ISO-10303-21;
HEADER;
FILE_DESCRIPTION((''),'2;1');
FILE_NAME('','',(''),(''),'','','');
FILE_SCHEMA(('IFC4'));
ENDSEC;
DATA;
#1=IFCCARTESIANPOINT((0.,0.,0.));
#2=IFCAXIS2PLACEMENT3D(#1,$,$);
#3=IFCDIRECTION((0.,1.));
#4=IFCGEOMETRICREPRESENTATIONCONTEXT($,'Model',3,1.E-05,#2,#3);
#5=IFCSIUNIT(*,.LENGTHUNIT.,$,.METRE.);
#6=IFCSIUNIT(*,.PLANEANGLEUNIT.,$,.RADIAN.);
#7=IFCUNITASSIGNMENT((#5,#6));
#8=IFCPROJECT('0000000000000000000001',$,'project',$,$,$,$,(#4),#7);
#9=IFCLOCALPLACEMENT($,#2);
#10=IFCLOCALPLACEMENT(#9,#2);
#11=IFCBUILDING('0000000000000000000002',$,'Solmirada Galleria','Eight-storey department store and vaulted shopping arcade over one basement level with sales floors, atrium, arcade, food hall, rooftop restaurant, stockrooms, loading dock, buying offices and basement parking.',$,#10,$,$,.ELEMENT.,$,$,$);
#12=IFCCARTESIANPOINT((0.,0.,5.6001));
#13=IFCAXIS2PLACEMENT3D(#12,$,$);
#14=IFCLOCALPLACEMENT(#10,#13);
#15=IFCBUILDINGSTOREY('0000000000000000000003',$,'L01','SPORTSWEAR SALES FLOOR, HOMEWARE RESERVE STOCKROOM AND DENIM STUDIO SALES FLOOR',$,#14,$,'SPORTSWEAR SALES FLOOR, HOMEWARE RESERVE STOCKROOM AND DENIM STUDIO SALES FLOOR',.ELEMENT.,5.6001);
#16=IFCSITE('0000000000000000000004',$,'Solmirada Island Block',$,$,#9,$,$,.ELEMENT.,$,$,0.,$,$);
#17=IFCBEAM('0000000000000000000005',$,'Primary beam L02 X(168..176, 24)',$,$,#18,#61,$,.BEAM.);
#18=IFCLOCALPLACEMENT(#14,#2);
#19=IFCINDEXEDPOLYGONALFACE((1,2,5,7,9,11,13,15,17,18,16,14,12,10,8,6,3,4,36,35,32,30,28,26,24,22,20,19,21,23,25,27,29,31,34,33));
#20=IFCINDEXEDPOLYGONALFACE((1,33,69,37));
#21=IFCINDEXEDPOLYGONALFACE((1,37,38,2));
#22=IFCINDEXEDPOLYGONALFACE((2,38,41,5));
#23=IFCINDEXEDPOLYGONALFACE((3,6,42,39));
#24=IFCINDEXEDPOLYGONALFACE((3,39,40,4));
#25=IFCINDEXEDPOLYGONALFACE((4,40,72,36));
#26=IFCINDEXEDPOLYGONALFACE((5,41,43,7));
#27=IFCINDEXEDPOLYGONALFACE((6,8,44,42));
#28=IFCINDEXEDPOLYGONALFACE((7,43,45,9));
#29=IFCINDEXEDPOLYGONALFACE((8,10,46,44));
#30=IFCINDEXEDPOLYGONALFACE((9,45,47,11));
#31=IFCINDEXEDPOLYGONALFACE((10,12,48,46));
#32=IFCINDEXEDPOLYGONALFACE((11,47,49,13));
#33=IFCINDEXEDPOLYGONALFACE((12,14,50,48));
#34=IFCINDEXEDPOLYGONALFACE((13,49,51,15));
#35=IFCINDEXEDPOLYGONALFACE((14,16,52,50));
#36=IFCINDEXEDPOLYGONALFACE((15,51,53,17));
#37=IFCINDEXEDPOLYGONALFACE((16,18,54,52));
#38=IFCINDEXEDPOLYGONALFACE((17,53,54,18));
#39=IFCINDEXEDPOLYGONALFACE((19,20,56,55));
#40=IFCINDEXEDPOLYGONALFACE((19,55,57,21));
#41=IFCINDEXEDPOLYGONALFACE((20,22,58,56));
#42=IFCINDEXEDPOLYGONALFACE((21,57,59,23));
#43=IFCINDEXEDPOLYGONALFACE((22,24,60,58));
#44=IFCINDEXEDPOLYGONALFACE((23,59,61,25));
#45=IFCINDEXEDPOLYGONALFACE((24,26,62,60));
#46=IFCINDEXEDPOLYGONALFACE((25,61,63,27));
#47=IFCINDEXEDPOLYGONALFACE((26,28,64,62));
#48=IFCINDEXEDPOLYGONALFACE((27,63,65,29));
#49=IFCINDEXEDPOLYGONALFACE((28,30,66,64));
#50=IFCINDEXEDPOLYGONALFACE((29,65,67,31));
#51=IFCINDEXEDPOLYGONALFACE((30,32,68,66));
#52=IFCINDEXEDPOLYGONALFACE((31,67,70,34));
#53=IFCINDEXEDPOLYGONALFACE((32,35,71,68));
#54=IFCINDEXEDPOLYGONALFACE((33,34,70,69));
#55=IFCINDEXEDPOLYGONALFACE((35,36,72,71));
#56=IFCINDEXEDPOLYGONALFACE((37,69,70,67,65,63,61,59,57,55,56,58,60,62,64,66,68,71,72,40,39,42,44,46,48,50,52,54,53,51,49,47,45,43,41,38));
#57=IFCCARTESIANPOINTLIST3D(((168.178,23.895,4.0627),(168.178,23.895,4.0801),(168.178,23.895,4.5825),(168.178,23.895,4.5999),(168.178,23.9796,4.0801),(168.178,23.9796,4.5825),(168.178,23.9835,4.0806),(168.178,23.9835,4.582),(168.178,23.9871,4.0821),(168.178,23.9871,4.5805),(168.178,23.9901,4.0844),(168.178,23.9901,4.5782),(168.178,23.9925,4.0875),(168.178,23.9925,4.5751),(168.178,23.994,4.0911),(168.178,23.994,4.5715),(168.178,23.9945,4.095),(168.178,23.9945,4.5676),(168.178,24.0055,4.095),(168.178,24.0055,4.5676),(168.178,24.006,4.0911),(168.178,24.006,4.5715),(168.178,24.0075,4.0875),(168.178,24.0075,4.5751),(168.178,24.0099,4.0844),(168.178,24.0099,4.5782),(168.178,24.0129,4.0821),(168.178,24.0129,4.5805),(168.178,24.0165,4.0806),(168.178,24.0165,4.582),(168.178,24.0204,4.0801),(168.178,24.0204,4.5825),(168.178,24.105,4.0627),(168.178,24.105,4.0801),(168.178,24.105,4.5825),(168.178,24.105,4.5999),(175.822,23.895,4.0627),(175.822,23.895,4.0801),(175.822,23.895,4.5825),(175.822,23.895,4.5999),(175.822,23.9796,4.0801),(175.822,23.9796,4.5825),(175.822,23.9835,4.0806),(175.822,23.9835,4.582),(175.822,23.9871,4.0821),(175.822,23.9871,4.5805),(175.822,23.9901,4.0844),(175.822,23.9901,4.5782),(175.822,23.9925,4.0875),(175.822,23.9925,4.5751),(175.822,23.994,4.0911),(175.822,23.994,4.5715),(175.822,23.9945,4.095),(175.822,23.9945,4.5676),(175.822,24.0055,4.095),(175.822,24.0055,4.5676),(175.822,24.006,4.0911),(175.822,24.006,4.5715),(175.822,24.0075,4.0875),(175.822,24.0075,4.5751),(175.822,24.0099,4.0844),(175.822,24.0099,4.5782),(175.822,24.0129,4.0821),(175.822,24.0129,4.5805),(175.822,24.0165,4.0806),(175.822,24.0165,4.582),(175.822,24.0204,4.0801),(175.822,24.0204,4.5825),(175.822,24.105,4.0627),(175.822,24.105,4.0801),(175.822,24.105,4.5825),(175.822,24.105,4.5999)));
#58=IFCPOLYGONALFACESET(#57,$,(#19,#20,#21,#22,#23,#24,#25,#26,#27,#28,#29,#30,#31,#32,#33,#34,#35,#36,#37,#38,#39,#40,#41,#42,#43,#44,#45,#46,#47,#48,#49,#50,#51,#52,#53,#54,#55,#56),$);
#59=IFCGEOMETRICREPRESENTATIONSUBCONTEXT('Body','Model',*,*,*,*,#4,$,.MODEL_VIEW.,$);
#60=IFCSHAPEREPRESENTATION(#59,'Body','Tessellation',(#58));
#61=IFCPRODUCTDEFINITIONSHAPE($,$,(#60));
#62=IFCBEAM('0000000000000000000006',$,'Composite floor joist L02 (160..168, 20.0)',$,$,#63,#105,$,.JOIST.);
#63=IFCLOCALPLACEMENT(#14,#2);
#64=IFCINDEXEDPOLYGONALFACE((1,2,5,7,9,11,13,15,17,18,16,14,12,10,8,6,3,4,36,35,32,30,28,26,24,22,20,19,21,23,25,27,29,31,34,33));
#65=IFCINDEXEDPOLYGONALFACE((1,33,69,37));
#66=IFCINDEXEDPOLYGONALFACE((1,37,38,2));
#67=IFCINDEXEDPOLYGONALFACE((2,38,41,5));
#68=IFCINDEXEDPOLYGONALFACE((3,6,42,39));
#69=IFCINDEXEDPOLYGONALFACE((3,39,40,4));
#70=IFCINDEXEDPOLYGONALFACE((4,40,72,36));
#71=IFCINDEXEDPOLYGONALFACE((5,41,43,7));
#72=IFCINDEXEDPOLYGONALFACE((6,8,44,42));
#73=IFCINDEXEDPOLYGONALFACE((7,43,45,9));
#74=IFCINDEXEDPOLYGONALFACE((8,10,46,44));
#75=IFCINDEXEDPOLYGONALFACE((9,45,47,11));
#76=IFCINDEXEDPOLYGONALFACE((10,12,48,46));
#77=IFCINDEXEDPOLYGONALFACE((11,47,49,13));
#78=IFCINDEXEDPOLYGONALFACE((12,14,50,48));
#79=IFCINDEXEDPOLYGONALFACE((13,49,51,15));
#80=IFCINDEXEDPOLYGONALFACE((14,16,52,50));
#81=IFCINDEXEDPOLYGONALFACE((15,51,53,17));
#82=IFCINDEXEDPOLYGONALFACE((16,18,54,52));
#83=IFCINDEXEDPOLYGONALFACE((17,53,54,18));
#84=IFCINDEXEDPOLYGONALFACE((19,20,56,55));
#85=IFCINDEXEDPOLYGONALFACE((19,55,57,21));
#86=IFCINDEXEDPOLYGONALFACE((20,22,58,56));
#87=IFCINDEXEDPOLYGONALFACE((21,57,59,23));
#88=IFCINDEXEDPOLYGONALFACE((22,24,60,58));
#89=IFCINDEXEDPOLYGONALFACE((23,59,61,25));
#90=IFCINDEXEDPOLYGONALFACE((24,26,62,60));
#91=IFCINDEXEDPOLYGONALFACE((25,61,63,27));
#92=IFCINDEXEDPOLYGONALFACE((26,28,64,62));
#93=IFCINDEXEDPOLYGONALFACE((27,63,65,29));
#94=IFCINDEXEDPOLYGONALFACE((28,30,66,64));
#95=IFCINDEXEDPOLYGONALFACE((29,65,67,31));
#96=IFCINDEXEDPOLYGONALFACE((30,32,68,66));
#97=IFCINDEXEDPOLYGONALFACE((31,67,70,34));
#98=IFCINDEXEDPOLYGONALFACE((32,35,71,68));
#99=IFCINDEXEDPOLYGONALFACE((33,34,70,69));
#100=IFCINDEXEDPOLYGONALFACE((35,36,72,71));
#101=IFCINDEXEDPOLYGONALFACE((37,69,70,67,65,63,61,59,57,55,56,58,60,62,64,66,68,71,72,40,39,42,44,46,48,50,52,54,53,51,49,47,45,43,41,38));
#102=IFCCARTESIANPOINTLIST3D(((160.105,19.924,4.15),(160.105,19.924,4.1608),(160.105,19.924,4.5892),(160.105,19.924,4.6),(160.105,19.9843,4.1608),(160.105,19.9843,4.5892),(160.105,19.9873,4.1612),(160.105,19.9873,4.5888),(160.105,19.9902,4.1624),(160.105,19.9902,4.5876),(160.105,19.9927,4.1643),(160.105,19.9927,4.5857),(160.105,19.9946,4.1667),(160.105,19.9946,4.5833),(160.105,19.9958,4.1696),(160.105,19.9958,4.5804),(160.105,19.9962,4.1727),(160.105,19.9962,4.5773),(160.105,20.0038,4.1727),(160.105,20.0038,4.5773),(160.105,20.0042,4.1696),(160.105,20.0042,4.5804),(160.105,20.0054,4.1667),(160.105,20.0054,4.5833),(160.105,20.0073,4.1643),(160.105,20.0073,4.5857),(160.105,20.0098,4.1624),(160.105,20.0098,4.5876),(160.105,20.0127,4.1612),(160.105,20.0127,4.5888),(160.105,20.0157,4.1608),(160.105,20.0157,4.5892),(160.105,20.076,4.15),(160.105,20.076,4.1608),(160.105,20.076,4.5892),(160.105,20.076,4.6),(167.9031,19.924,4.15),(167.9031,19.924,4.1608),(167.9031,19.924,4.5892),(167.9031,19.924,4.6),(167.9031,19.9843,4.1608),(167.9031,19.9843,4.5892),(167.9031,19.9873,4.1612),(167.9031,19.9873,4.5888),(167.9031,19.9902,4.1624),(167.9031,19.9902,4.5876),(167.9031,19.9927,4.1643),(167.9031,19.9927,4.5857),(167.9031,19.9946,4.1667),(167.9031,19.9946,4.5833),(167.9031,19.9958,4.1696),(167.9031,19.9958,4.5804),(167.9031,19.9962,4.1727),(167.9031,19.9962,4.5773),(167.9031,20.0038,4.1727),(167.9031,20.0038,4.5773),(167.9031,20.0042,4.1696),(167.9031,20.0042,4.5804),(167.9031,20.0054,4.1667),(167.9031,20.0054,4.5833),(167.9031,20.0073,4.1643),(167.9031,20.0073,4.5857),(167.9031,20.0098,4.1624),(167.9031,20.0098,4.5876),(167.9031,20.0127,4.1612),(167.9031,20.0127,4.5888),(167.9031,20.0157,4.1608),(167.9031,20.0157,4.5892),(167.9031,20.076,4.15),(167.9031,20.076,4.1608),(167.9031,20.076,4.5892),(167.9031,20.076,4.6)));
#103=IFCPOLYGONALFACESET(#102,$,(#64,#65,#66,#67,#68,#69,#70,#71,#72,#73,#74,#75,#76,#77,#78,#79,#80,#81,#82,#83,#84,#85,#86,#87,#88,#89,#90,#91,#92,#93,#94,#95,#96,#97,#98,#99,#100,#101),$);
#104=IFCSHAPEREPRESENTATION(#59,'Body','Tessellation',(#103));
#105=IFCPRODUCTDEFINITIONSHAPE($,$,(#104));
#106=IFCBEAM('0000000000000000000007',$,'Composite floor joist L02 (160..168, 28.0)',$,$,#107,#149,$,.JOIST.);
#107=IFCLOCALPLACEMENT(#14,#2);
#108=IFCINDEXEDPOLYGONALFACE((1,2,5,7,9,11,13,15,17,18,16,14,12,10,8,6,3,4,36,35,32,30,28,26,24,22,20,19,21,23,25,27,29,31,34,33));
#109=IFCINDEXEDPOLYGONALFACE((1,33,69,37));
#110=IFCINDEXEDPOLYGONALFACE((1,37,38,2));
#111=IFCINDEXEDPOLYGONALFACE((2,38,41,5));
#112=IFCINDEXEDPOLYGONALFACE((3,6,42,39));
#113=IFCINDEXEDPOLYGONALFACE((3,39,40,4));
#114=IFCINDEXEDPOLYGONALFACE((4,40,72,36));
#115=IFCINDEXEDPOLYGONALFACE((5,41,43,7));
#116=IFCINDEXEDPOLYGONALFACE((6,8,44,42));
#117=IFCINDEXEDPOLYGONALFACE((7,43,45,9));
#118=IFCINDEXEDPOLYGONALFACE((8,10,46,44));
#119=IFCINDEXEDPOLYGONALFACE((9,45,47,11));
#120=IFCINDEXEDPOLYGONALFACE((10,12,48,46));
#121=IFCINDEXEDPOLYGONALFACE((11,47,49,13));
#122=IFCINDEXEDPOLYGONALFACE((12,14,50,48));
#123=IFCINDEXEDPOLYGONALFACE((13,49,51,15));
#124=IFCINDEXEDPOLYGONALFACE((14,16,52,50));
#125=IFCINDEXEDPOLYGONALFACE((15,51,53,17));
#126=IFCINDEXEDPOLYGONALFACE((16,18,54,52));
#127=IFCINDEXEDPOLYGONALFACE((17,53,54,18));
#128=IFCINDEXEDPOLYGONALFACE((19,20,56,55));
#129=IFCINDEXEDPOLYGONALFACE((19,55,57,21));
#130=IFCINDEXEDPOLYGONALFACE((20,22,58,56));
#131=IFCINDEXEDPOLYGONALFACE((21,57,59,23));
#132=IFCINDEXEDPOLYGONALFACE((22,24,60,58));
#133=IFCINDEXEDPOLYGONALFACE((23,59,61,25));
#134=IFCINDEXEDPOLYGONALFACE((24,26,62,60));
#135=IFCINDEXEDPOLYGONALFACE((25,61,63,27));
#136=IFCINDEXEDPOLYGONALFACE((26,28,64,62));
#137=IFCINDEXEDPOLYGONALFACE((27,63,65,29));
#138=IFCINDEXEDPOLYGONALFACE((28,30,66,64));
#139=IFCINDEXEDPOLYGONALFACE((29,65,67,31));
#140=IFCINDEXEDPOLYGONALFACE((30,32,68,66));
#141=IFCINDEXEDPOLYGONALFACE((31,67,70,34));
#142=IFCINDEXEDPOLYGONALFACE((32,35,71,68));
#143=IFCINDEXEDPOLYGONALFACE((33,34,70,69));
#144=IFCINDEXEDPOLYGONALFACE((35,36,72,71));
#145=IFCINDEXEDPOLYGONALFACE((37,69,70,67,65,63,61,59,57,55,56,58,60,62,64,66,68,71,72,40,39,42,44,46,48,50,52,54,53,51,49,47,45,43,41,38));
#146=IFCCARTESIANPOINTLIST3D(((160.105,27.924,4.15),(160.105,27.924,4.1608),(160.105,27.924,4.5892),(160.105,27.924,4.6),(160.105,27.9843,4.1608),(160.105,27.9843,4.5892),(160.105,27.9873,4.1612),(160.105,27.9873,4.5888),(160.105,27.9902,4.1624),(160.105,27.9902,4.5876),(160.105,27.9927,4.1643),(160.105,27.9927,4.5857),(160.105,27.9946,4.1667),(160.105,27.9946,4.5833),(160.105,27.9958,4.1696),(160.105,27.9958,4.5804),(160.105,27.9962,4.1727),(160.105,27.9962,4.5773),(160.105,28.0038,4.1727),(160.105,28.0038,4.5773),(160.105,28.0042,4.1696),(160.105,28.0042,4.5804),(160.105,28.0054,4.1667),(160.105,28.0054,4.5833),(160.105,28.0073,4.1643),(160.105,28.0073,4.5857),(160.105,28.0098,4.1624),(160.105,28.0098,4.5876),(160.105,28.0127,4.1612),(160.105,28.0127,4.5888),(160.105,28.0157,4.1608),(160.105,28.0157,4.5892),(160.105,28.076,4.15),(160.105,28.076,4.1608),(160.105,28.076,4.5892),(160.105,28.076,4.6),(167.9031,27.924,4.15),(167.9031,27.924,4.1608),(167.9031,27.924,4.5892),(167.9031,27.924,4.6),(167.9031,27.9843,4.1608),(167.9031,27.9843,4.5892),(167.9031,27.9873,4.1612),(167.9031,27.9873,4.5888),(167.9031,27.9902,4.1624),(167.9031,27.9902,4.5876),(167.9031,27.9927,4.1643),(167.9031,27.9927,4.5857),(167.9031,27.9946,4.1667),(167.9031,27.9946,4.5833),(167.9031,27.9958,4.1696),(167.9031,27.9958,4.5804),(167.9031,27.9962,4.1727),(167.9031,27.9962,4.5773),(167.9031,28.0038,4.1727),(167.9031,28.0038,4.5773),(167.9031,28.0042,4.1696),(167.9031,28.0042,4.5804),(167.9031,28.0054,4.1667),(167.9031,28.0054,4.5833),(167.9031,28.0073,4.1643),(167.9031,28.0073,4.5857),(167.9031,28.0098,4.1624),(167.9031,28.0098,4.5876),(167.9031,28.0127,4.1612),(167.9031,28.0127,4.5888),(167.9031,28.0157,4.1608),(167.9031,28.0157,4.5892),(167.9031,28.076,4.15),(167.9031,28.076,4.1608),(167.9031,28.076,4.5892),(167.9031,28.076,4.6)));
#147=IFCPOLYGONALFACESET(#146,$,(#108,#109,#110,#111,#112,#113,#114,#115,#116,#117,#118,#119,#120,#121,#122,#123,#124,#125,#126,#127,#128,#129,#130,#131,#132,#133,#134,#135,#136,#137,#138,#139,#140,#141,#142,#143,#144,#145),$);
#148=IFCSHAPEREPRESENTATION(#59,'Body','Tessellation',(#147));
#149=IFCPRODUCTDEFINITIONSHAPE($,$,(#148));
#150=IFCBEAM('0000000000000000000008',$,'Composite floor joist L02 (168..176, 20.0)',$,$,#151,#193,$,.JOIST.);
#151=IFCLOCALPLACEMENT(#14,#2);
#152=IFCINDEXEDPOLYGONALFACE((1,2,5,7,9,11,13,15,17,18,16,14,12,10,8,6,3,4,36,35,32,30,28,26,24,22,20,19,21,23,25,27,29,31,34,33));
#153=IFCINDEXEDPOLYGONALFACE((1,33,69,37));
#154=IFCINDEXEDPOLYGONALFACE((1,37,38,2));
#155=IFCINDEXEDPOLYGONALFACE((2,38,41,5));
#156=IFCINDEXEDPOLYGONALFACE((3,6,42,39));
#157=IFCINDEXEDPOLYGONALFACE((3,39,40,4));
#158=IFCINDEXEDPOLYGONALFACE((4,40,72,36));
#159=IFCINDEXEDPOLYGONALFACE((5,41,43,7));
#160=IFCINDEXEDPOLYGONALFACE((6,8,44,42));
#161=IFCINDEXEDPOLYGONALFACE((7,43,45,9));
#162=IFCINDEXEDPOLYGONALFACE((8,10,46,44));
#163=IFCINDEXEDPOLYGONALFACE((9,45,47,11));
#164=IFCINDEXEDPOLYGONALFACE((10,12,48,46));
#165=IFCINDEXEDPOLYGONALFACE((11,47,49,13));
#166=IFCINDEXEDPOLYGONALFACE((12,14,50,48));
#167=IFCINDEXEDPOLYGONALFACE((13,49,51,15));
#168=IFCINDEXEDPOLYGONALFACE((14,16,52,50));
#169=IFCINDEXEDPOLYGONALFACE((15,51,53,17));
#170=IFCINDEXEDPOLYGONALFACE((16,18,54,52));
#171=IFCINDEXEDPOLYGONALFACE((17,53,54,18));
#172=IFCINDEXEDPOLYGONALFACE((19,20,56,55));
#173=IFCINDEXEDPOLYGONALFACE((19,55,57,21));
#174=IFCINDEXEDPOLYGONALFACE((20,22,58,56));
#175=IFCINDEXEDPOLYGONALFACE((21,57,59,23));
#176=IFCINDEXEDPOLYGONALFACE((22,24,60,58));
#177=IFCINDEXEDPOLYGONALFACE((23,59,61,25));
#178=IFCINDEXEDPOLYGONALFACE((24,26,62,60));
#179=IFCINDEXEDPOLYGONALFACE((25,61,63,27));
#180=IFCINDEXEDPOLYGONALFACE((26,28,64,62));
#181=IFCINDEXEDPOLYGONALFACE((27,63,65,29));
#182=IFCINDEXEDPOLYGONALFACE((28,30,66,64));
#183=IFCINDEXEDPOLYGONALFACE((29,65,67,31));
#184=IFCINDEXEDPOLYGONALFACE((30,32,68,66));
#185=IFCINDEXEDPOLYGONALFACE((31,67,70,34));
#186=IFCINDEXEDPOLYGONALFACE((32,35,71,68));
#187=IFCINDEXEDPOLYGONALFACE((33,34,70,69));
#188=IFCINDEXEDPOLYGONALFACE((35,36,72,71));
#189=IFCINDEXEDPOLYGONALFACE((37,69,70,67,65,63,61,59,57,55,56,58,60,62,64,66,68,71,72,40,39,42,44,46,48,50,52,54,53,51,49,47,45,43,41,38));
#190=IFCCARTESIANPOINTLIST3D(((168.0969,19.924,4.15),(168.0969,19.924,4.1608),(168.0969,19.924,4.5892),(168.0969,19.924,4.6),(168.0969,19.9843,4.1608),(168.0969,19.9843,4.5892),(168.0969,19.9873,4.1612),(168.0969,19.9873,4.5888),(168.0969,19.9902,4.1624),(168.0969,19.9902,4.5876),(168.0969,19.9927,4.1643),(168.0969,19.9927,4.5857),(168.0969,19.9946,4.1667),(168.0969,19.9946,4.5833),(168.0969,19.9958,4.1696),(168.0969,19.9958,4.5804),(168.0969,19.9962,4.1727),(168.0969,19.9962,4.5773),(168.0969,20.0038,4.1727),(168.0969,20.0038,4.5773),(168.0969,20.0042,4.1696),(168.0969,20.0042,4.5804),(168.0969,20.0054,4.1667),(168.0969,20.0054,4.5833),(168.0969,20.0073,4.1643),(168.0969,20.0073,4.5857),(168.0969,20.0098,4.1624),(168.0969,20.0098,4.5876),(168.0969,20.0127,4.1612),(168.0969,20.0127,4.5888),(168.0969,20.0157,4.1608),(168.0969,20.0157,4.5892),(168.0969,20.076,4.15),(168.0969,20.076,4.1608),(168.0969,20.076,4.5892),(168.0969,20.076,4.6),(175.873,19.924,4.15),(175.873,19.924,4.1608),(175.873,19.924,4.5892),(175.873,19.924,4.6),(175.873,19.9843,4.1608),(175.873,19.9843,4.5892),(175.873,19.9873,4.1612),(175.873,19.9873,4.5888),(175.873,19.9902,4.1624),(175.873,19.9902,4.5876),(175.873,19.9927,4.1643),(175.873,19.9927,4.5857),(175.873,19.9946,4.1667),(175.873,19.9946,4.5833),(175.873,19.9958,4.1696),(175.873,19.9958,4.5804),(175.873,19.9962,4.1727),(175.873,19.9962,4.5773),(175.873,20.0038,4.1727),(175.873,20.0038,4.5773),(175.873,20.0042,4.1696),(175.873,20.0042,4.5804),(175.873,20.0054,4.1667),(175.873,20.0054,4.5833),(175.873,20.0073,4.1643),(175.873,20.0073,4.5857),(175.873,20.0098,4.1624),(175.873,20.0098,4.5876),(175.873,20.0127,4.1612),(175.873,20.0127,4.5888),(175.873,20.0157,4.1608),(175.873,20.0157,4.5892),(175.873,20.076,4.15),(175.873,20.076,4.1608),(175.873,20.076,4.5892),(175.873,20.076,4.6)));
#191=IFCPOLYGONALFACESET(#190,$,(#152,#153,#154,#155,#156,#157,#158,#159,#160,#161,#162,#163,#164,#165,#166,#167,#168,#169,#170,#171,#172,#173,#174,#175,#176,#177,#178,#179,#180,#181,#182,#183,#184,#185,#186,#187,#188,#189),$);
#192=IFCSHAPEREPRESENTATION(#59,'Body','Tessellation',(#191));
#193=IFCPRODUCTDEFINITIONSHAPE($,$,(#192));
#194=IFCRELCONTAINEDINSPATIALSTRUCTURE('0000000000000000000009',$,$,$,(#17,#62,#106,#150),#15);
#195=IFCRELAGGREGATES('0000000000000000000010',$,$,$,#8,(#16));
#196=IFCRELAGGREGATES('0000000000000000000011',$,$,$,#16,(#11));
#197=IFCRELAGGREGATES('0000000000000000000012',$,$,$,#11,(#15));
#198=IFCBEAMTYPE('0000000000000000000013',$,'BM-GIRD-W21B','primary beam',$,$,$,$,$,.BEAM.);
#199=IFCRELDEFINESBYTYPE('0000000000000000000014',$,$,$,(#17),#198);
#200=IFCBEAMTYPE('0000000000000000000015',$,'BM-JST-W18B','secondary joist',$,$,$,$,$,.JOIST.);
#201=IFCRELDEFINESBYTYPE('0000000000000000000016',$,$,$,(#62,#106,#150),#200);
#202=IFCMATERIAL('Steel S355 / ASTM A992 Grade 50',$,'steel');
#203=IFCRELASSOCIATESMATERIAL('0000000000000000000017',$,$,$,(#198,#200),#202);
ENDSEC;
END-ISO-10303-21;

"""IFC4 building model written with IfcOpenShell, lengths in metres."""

from ifc_helpers import new_model, si_unit, direction, frame, origin, origin_2d, place, context, subcontext, project, spatial, i_section, extrude, material, material_profile, profile_set, type_object, element, save


model = new_model("IFC4")

# Units and contexts
model_context = context("Model", 3, precision=1e-05, world=origin(), true_north=direction((0.0, 1.0)))
body_context = subcontext(model_context, "Body", "Model", "MODEL_VIEW")
ifc_project = project(units=[si_unit("LENGTHUNIT", "METRE"), si_unit("PLANEANGLEUNIT", "RADIAN")], contexts=[model_context])

# Site, building, storey
site_placement = place(None, origin())
site = spatial("IfcSite", under=ifc_project, at=site_placement, Name="Solmirada Island Block", CompositionType="ELEMENT", RefElevation=0.0)
building_placement = place(site_placement, origin())
building = spatial("IfcBuilding", under=site, at=building_placement, Name="Solmirada Galleria", Description="Eight-storey department store and vaulted shopping arcade over one basement level with sales floors, atrium, arcade, food hall, rooftop restaurant, stockrooms, loading dock, buying offices and basement parking.", CompositionType="ELEMENT")
storey_placement = place(building_placement, frame((0.0, 0.0, 5.6001)))
storey = spatial("IfcBuildingStorey", under=building, at=storey_placement, Name="L01", Description="SPORTSWEAR SALES FLOOR, HOMEWARE RESERVE STOCKROOM AND DENIM STUDIO SALES FLOOR", LongName="SPORTSWEAR SALES FLOOR, HOMEWARE RESERVE STOCKROOM AND DENIM STUDIO SALES FLOOR", CompositionType="ELEMENT", Elevation=5.6001)

# Beams
ifc_material_1 = material(Name="Steel S355 / ASTM A992 Grade 50", Category="steel")
ifc_material_profile_1 = material_profile(ifc_material_1, i_section(OverallWidth=0.21, OverallDepth=0.5371, WebThickness=0.011, FlangeThickness=0.0173, FilletRadius=0.0149, at=origin_2d()), Name="W21X68")
ifc_profile_set_1 = profile_set([ifc_material_profile_1], Name="Steel S355 / ASTM A992 Grade 50")
beam_type_1 = type_object("IfcBeamType", Name="BM-GIRD-W21B", Description="primary beam", PredefinedType="BEAM", material=ifc_profile_set_1)
for number, where, z_axis, x_axis, name in (
    (1, (168.178, 24.0, 4.3313), (1.0, 0.0, 0.0), (0.0, 1.0, 0.0), "Primary beam L02 X(168..176, 24)"),
):
    element("IfcBeam", number, at=place(storey_placement, frame(where, z_axis=z_axis, x_axis=x_axis)), inside=storey, type_object=beam_type_1, Name=name, PredefinedType="BEAM", context=body_context, shape_type="SweptSolid", body=[
        extrude(i_section(OverallWidth=0.21, OverallDepth=0.5371, WebThickness=0.011, FlangeThickness=0.0173, FilletRadius=0.0149, at=origin_2d()), origin(), (0.0, 0.0, 1.0), 7.644),
    ])
ifc_material_profile_2 = material_profile(ifc_material_1, i_section(OverallWidth=0.1521, OverallDepth=0.45, WebThickness=0.0076, FlangeThickness=0.0107, FilletRadius=0.012, at=origin_2d()), Name="W18X35")
ifc_profile_set_2 = profile_set([ifc_material_profile_2], Name="Steel S355 / ASTM A992 Grade 50")
beam_type_2 = type_object("IfcBeamType", Name="BM-JST-W18B", Description="secondary joist", PredefinedType="JOIST", material=ifc_profile_set_2)
for number, where, z_axis, x_axis, name in (
    (2, (160.105, 20.0, 4.375), (1.0, 0.0, 0.0), (0.0, 1.0, 0.0), "Composite floor joist L02 (160..168, 20.0)"),
    (3, (160.105, 28.0, 4.375), (1.0, 0.0, 0.0), (0.0, 1.0, 0.0), "Composite floor joist L02 (160..168, 28.0)"),
):
    element("IfcBeam", number, at=place(storey_placement, frame(where, z_axis=z_axis, x_axis=x_axis)), inside=storey, type_object=beam_type_2, Name=name, PredefinedType="JOIST", context=body_context, shape_type="SweptSolid", body=[
        extrude(i_section(OverallWidth=0.1521, OverallDepth=0.45, WebThickness=0.0076, FlangeThickness=0.0107, FilletRadius=0.012, at=origin_2d()), origin(), (0.0, 0.0, 1.0), 7.7981),
    ])
for number, where, z_axis, x_axis, name in (
    (4, (168.0969, 20.0, 4.375), (1.0, 0.0, 0.0), (0.0, 1.0, 0.0), "Composite floor joist L02 (168..176, 20.0)"),
):
    element("IfcBeam", number, at=place(storey_placement, frame(where, z_axis=z_axis, x_axis=x_axis)), inside=storey, type_object=beam_type_2, Name=name, PredefinedType="JOIST", context=body_context, shape_type="SweptSolid", body=[
        extrude(i_section(OverallWidth=0.1521, OverallDepth=0.45, WebThickness=0.0076, FlangeThickness=0.0107, FilletRadius=0.012, at=origin_2d()), origin(), (0.0, 0.0, 1.0), 7.7761),
    ])

save(model, "model.ifc")
